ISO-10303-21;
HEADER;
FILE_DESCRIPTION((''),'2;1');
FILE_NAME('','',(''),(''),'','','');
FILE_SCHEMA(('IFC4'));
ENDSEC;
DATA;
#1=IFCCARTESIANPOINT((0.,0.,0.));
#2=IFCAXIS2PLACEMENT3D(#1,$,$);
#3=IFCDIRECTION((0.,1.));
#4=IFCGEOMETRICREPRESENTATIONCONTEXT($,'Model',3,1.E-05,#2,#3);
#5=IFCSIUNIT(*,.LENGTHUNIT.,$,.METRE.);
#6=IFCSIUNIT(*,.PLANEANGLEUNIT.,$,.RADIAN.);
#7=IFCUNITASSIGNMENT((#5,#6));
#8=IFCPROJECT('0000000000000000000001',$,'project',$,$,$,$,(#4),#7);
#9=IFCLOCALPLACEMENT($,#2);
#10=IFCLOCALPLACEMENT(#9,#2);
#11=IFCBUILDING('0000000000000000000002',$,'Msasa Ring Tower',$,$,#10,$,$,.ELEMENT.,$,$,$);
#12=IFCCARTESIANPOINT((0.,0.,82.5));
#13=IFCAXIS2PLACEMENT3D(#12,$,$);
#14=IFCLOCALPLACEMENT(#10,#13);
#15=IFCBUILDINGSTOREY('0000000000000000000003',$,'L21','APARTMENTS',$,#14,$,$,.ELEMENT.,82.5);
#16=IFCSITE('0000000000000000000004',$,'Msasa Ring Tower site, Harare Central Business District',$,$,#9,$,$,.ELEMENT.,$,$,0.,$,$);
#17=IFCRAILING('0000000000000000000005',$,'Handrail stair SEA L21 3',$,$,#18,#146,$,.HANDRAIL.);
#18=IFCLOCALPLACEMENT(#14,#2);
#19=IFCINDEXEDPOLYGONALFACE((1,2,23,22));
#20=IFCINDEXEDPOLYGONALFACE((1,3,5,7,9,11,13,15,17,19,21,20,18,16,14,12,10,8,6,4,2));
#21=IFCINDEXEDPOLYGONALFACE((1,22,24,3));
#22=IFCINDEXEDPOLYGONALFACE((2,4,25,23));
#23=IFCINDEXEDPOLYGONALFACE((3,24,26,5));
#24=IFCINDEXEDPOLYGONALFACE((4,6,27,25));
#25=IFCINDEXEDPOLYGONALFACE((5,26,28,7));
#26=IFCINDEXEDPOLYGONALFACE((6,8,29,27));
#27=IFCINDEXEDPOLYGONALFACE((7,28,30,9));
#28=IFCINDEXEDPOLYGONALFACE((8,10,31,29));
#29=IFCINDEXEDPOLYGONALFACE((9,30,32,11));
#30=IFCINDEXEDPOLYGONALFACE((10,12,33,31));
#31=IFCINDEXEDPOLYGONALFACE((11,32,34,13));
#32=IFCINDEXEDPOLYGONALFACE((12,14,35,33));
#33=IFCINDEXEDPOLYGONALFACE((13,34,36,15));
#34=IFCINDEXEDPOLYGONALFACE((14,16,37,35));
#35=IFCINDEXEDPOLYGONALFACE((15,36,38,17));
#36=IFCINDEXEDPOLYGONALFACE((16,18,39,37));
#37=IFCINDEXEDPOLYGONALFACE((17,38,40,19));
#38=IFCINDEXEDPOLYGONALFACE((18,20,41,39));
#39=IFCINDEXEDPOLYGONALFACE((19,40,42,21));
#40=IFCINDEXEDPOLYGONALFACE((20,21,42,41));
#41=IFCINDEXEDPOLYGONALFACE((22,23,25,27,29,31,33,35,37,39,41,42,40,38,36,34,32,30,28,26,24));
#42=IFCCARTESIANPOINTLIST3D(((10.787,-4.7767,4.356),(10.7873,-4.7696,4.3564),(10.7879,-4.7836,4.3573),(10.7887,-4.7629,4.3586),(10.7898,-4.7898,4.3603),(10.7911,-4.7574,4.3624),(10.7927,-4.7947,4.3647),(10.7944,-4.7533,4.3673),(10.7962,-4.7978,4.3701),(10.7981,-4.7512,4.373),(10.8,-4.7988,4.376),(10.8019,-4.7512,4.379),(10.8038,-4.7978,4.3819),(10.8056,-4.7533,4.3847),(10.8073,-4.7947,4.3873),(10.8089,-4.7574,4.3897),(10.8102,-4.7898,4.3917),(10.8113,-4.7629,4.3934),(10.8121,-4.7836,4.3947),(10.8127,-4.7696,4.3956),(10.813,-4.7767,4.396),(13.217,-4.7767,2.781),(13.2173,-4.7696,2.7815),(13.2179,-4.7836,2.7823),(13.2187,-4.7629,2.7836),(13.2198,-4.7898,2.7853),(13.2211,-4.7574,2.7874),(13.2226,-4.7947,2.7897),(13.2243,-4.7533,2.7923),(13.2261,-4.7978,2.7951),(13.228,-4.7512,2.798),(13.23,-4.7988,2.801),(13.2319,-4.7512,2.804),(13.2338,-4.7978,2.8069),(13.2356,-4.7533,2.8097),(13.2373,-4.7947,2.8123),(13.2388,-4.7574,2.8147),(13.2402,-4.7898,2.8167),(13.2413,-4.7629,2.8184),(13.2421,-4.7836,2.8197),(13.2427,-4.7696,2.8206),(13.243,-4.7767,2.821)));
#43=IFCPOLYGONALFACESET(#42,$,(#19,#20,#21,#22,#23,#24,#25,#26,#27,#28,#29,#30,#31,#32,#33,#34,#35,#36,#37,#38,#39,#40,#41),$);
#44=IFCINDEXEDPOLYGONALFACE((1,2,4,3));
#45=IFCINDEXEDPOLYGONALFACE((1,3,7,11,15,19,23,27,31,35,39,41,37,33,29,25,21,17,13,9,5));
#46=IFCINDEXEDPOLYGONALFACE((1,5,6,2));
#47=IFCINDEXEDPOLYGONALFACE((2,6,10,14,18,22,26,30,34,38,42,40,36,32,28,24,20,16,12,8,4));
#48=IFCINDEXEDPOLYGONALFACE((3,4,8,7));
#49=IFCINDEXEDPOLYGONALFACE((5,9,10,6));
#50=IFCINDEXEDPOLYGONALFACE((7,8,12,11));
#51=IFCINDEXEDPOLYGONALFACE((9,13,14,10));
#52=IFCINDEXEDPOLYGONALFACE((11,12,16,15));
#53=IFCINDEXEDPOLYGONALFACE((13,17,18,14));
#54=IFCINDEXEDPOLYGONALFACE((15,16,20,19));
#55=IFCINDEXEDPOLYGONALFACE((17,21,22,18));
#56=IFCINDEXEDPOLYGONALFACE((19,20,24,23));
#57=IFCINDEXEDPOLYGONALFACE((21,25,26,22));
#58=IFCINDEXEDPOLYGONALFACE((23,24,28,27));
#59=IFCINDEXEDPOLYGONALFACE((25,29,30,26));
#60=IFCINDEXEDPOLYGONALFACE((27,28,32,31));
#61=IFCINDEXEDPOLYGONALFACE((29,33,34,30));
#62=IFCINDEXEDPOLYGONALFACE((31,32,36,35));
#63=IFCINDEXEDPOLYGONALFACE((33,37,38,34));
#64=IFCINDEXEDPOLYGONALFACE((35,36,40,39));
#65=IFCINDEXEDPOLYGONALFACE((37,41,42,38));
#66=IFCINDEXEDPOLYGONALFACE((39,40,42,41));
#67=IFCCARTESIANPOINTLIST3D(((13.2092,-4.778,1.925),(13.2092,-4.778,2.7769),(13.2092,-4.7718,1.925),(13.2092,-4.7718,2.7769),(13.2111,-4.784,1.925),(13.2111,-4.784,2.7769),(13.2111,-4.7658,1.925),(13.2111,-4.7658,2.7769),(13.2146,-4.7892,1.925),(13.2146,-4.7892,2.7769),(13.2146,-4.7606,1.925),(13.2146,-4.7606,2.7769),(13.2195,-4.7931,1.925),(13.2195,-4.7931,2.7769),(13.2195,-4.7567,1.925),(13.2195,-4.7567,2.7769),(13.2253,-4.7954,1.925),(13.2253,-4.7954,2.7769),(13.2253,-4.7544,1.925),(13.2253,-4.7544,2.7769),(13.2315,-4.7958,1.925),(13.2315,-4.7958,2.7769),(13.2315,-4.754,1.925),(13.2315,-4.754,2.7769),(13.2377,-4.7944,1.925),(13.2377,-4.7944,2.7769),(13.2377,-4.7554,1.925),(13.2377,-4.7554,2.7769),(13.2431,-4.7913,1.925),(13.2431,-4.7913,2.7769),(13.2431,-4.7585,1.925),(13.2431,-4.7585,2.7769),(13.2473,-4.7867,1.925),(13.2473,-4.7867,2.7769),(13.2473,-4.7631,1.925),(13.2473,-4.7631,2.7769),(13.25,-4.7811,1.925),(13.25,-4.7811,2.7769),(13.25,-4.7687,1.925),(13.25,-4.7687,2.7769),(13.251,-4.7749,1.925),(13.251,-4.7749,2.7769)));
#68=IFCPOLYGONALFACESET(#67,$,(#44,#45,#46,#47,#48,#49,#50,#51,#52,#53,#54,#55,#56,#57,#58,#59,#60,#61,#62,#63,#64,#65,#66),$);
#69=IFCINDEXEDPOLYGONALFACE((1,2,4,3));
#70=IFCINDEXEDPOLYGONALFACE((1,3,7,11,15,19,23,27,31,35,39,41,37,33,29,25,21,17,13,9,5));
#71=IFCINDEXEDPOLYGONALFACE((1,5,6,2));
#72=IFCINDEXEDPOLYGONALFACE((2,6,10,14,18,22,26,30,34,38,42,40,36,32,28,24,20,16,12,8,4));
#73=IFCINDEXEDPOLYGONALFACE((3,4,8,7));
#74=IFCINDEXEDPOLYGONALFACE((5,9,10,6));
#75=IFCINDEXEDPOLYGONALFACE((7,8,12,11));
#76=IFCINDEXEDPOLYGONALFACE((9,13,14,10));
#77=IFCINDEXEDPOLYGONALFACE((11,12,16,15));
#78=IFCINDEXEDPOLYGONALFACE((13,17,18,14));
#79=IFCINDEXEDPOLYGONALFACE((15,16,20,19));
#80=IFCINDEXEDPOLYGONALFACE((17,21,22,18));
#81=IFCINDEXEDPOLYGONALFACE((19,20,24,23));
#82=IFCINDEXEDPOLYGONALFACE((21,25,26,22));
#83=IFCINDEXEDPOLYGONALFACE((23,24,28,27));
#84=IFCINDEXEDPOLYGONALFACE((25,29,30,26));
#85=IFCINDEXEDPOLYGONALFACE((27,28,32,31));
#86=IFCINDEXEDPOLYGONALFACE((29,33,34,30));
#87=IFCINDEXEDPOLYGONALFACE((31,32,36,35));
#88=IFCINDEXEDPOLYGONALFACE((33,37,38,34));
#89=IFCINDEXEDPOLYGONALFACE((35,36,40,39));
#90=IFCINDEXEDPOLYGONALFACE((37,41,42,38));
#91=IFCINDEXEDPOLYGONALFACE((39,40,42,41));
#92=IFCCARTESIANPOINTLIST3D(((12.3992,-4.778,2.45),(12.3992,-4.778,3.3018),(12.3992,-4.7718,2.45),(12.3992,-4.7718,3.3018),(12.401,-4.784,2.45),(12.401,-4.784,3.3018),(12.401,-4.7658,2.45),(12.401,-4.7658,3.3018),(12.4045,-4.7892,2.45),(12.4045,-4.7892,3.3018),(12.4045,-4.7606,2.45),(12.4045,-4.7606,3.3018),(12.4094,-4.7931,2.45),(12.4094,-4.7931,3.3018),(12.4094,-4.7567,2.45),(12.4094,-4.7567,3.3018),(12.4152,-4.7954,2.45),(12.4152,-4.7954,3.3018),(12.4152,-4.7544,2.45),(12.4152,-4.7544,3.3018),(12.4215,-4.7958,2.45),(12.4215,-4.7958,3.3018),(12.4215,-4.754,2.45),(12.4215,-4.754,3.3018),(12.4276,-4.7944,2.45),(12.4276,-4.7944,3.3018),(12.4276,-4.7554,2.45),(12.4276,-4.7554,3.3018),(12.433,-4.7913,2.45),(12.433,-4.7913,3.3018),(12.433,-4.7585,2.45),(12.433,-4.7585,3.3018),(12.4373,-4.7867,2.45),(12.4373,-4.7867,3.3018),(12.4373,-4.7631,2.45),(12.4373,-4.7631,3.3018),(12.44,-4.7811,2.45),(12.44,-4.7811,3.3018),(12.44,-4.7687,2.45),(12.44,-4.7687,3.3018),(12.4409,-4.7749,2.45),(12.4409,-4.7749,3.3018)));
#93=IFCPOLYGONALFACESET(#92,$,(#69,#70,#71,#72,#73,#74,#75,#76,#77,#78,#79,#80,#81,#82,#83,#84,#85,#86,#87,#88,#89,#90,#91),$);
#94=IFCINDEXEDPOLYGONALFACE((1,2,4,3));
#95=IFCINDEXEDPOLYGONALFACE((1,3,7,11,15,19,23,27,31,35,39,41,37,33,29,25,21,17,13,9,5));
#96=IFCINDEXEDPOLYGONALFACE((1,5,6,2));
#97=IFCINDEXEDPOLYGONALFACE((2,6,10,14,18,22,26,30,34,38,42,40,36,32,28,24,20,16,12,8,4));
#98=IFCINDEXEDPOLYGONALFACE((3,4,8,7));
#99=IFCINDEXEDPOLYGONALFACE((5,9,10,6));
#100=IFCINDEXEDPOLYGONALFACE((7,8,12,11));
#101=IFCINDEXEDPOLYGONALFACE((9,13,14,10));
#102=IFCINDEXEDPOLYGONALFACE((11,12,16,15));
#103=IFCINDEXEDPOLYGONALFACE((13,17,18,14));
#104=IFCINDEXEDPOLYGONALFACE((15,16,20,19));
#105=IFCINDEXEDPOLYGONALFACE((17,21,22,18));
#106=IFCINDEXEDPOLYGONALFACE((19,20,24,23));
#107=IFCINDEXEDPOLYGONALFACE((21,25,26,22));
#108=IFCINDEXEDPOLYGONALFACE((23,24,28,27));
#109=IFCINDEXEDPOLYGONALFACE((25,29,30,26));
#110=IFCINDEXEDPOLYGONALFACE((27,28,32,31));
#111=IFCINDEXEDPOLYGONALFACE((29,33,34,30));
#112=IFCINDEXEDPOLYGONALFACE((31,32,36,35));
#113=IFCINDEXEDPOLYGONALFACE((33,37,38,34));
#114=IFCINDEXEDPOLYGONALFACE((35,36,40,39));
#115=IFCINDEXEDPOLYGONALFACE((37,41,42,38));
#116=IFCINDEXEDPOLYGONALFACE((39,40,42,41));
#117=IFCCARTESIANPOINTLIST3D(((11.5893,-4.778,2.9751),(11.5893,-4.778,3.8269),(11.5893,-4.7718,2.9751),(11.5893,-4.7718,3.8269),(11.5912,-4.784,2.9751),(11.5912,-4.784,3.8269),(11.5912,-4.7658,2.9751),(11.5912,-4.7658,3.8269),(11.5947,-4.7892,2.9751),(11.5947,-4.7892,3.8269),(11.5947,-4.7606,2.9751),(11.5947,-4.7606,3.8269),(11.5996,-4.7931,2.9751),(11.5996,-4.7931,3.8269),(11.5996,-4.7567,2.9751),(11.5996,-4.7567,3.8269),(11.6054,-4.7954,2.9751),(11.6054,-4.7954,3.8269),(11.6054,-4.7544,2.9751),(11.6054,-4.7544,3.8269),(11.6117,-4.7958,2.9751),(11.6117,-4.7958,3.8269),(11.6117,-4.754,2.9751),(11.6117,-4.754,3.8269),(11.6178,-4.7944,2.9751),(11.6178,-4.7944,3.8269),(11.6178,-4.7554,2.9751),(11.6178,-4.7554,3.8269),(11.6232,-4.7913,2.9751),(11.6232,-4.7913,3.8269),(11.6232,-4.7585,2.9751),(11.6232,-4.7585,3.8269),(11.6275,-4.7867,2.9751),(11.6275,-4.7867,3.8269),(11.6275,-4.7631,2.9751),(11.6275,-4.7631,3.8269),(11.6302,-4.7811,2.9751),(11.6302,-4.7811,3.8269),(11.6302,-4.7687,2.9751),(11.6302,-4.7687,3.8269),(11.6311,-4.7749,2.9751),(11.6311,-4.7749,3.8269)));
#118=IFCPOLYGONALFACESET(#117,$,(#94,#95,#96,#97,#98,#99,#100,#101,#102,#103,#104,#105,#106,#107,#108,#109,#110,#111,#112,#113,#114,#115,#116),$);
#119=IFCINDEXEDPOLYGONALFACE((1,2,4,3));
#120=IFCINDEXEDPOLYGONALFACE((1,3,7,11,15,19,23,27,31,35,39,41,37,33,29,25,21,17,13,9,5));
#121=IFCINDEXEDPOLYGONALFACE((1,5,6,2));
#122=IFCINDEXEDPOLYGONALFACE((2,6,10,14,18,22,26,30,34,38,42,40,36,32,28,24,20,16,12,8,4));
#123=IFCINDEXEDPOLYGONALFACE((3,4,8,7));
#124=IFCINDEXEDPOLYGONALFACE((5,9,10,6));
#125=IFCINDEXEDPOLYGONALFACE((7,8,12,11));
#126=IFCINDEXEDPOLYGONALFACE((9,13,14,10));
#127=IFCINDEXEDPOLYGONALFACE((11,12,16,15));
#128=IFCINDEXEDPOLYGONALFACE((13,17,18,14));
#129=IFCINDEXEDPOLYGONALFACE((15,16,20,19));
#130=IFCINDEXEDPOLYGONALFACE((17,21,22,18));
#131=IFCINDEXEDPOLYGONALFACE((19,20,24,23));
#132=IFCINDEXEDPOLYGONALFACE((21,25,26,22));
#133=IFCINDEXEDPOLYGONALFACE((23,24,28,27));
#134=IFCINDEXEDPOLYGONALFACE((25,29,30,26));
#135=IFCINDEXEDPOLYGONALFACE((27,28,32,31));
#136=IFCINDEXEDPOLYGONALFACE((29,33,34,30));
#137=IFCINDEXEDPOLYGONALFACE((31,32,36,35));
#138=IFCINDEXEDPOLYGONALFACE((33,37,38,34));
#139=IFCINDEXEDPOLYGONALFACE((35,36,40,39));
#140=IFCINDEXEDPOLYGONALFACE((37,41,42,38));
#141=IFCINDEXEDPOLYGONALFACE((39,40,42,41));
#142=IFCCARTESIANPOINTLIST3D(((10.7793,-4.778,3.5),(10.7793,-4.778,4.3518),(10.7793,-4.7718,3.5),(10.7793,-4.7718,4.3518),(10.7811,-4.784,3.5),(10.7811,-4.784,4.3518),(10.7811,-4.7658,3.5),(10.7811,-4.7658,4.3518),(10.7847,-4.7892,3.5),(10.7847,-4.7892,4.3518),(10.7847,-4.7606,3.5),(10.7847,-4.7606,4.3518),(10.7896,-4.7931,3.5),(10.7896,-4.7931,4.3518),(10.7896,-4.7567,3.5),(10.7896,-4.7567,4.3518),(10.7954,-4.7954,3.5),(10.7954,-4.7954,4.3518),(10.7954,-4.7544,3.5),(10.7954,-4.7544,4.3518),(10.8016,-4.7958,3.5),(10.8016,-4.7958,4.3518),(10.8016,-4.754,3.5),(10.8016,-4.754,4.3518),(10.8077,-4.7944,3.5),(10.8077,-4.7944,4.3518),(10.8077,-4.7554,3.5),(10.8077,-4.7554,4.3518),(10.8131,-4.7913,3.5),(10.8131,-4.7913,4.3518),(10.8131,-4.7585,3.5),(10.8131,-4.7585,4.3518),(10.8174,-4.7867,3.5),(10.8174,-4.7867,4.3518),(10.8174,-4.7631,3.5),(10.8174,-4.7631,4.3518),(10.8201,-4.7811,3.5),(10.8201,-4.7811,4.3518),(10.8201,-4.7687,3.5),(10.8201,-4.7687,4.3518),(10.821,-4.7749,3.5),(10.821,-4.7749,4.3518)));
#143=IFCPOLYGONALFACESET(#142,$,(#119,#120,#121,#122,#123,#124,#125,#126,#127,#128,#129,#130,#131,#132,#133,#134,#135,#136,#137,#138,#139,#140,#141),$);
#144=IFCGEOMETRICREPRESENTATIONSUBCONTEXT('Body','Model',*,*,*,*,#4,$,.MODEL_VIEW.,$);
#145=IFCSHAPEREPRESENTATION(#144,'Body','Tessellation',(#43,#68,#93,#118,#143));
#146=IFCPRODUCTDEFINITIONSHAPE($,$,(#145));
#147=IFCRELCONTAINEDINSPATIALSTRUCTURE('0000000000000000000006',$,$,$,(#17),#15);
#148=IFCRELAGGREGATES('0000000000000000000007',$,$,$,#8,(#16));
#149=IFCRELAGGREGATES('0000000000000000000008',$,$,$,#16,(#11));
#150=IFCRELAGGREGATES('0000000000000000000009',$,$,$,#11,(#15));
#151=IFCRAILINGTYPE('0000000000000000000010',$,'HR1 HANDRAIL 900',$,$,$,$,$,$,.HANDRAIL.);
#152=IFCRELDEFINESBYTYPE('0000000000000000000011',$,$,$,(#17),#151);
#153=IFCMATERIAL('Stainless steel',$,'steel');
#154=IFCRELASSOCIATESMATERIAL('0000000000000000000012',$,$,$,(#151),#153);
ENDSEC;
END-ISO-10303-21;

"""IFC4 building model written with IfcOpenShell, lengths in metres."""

from ifc_helpers import new_model, si_unit, direction, frame, origin, origin_2d, place, context, subcontext, project, spatial, circle, extrude, material, type_object, element, save


model = new_model("IFC4")

# Units and contexts
model_context = context("Model", 3, precision=1e-05, world=origin(), true_north=direction((0.0, 1.0)))
body_context = subcontext(model_context, "Body", "Model", "MODEL_VIEW")
ifc_project = project(units=[si_unit("LENGTHUNIT", "METRE"), si_unit("PLANEANGLEUNIT", "RADIAN")], contexts=[model_context])

# Site, building, storey
site_placement = place(None, origin())
site = spatial("IfcSite", under=ifc_project, at=site_placement, Name="Msasa Ring Tower site, Harare Central Business District", CompositionType="ELEMENT", RefElevation=0.0)
building_placement = place(site_placement, origin())
building = spatial("IfcBuilding", under=site, at=building_placement, Name="Msasa Ring Tower", CompositionType="ELEMENT")
storey_placement = place(building_placement, frame((0.0, 0.0, 82.5)))
storey = spatial("IfcBuildingStorey", under=building, at=storey_placement, Name="L21", Description="APARTMENTS", CompositionType="ELEMENT", Elevation=82.5)

# Railing
ifc_material_1 = material(Name="Stainless steel", Category="steel")
railing_type = type_object("IfcRailingType", Name="HR1 HANDRAIL 900", PredefinedType="HANDRAIL", material=ifc_material_1)
for number, where, name in (
    (1, (13.23, -4.7749, 1.925), "Handrail stair SEA L21 3"),
):
    element("IfcRailing", number, at=place(storey_placement, frame(where)), inside=storey, type_object=railing_type, Name=name, PredefinedType="HANDRAIL", context=body_context, shape_type="SweptSolid", body=[
        extrude(circle(Radius=0.0239, at=origin_2d()), frame((0.0, 0.0, 0.876), z_axis=(-0.839154, 0.0, 0.543894), x_axis=(0.0, -1.0, 0.0)), (0.0, 0.0, 1.0), 2.8958),
        extrude(circle(Radius=0.021, at=origin_2d()), origin(), (0.0, 0.0, 1.0), 0.8518),
        extrude(circle(Radius=0.021, at=origin_2d()), frame((-0.8101, 0.0, 0.5249)), (0.0, 0.0, 1.0), 0.8518),
        extrude(circle(Radius=0.021, at=origin_2d()), frame((-1.6199, 0.0, 1.05)), (0.0, 0.0, 1.0), 0.8518),
        extrude(circle(Radius=0.021, at=origin_2d()), frame((-2.4299, 0.0, 1.575)), (0.0, 0.0, 1.0), 0.8518),
    ])

save(model, "model.ifc")
